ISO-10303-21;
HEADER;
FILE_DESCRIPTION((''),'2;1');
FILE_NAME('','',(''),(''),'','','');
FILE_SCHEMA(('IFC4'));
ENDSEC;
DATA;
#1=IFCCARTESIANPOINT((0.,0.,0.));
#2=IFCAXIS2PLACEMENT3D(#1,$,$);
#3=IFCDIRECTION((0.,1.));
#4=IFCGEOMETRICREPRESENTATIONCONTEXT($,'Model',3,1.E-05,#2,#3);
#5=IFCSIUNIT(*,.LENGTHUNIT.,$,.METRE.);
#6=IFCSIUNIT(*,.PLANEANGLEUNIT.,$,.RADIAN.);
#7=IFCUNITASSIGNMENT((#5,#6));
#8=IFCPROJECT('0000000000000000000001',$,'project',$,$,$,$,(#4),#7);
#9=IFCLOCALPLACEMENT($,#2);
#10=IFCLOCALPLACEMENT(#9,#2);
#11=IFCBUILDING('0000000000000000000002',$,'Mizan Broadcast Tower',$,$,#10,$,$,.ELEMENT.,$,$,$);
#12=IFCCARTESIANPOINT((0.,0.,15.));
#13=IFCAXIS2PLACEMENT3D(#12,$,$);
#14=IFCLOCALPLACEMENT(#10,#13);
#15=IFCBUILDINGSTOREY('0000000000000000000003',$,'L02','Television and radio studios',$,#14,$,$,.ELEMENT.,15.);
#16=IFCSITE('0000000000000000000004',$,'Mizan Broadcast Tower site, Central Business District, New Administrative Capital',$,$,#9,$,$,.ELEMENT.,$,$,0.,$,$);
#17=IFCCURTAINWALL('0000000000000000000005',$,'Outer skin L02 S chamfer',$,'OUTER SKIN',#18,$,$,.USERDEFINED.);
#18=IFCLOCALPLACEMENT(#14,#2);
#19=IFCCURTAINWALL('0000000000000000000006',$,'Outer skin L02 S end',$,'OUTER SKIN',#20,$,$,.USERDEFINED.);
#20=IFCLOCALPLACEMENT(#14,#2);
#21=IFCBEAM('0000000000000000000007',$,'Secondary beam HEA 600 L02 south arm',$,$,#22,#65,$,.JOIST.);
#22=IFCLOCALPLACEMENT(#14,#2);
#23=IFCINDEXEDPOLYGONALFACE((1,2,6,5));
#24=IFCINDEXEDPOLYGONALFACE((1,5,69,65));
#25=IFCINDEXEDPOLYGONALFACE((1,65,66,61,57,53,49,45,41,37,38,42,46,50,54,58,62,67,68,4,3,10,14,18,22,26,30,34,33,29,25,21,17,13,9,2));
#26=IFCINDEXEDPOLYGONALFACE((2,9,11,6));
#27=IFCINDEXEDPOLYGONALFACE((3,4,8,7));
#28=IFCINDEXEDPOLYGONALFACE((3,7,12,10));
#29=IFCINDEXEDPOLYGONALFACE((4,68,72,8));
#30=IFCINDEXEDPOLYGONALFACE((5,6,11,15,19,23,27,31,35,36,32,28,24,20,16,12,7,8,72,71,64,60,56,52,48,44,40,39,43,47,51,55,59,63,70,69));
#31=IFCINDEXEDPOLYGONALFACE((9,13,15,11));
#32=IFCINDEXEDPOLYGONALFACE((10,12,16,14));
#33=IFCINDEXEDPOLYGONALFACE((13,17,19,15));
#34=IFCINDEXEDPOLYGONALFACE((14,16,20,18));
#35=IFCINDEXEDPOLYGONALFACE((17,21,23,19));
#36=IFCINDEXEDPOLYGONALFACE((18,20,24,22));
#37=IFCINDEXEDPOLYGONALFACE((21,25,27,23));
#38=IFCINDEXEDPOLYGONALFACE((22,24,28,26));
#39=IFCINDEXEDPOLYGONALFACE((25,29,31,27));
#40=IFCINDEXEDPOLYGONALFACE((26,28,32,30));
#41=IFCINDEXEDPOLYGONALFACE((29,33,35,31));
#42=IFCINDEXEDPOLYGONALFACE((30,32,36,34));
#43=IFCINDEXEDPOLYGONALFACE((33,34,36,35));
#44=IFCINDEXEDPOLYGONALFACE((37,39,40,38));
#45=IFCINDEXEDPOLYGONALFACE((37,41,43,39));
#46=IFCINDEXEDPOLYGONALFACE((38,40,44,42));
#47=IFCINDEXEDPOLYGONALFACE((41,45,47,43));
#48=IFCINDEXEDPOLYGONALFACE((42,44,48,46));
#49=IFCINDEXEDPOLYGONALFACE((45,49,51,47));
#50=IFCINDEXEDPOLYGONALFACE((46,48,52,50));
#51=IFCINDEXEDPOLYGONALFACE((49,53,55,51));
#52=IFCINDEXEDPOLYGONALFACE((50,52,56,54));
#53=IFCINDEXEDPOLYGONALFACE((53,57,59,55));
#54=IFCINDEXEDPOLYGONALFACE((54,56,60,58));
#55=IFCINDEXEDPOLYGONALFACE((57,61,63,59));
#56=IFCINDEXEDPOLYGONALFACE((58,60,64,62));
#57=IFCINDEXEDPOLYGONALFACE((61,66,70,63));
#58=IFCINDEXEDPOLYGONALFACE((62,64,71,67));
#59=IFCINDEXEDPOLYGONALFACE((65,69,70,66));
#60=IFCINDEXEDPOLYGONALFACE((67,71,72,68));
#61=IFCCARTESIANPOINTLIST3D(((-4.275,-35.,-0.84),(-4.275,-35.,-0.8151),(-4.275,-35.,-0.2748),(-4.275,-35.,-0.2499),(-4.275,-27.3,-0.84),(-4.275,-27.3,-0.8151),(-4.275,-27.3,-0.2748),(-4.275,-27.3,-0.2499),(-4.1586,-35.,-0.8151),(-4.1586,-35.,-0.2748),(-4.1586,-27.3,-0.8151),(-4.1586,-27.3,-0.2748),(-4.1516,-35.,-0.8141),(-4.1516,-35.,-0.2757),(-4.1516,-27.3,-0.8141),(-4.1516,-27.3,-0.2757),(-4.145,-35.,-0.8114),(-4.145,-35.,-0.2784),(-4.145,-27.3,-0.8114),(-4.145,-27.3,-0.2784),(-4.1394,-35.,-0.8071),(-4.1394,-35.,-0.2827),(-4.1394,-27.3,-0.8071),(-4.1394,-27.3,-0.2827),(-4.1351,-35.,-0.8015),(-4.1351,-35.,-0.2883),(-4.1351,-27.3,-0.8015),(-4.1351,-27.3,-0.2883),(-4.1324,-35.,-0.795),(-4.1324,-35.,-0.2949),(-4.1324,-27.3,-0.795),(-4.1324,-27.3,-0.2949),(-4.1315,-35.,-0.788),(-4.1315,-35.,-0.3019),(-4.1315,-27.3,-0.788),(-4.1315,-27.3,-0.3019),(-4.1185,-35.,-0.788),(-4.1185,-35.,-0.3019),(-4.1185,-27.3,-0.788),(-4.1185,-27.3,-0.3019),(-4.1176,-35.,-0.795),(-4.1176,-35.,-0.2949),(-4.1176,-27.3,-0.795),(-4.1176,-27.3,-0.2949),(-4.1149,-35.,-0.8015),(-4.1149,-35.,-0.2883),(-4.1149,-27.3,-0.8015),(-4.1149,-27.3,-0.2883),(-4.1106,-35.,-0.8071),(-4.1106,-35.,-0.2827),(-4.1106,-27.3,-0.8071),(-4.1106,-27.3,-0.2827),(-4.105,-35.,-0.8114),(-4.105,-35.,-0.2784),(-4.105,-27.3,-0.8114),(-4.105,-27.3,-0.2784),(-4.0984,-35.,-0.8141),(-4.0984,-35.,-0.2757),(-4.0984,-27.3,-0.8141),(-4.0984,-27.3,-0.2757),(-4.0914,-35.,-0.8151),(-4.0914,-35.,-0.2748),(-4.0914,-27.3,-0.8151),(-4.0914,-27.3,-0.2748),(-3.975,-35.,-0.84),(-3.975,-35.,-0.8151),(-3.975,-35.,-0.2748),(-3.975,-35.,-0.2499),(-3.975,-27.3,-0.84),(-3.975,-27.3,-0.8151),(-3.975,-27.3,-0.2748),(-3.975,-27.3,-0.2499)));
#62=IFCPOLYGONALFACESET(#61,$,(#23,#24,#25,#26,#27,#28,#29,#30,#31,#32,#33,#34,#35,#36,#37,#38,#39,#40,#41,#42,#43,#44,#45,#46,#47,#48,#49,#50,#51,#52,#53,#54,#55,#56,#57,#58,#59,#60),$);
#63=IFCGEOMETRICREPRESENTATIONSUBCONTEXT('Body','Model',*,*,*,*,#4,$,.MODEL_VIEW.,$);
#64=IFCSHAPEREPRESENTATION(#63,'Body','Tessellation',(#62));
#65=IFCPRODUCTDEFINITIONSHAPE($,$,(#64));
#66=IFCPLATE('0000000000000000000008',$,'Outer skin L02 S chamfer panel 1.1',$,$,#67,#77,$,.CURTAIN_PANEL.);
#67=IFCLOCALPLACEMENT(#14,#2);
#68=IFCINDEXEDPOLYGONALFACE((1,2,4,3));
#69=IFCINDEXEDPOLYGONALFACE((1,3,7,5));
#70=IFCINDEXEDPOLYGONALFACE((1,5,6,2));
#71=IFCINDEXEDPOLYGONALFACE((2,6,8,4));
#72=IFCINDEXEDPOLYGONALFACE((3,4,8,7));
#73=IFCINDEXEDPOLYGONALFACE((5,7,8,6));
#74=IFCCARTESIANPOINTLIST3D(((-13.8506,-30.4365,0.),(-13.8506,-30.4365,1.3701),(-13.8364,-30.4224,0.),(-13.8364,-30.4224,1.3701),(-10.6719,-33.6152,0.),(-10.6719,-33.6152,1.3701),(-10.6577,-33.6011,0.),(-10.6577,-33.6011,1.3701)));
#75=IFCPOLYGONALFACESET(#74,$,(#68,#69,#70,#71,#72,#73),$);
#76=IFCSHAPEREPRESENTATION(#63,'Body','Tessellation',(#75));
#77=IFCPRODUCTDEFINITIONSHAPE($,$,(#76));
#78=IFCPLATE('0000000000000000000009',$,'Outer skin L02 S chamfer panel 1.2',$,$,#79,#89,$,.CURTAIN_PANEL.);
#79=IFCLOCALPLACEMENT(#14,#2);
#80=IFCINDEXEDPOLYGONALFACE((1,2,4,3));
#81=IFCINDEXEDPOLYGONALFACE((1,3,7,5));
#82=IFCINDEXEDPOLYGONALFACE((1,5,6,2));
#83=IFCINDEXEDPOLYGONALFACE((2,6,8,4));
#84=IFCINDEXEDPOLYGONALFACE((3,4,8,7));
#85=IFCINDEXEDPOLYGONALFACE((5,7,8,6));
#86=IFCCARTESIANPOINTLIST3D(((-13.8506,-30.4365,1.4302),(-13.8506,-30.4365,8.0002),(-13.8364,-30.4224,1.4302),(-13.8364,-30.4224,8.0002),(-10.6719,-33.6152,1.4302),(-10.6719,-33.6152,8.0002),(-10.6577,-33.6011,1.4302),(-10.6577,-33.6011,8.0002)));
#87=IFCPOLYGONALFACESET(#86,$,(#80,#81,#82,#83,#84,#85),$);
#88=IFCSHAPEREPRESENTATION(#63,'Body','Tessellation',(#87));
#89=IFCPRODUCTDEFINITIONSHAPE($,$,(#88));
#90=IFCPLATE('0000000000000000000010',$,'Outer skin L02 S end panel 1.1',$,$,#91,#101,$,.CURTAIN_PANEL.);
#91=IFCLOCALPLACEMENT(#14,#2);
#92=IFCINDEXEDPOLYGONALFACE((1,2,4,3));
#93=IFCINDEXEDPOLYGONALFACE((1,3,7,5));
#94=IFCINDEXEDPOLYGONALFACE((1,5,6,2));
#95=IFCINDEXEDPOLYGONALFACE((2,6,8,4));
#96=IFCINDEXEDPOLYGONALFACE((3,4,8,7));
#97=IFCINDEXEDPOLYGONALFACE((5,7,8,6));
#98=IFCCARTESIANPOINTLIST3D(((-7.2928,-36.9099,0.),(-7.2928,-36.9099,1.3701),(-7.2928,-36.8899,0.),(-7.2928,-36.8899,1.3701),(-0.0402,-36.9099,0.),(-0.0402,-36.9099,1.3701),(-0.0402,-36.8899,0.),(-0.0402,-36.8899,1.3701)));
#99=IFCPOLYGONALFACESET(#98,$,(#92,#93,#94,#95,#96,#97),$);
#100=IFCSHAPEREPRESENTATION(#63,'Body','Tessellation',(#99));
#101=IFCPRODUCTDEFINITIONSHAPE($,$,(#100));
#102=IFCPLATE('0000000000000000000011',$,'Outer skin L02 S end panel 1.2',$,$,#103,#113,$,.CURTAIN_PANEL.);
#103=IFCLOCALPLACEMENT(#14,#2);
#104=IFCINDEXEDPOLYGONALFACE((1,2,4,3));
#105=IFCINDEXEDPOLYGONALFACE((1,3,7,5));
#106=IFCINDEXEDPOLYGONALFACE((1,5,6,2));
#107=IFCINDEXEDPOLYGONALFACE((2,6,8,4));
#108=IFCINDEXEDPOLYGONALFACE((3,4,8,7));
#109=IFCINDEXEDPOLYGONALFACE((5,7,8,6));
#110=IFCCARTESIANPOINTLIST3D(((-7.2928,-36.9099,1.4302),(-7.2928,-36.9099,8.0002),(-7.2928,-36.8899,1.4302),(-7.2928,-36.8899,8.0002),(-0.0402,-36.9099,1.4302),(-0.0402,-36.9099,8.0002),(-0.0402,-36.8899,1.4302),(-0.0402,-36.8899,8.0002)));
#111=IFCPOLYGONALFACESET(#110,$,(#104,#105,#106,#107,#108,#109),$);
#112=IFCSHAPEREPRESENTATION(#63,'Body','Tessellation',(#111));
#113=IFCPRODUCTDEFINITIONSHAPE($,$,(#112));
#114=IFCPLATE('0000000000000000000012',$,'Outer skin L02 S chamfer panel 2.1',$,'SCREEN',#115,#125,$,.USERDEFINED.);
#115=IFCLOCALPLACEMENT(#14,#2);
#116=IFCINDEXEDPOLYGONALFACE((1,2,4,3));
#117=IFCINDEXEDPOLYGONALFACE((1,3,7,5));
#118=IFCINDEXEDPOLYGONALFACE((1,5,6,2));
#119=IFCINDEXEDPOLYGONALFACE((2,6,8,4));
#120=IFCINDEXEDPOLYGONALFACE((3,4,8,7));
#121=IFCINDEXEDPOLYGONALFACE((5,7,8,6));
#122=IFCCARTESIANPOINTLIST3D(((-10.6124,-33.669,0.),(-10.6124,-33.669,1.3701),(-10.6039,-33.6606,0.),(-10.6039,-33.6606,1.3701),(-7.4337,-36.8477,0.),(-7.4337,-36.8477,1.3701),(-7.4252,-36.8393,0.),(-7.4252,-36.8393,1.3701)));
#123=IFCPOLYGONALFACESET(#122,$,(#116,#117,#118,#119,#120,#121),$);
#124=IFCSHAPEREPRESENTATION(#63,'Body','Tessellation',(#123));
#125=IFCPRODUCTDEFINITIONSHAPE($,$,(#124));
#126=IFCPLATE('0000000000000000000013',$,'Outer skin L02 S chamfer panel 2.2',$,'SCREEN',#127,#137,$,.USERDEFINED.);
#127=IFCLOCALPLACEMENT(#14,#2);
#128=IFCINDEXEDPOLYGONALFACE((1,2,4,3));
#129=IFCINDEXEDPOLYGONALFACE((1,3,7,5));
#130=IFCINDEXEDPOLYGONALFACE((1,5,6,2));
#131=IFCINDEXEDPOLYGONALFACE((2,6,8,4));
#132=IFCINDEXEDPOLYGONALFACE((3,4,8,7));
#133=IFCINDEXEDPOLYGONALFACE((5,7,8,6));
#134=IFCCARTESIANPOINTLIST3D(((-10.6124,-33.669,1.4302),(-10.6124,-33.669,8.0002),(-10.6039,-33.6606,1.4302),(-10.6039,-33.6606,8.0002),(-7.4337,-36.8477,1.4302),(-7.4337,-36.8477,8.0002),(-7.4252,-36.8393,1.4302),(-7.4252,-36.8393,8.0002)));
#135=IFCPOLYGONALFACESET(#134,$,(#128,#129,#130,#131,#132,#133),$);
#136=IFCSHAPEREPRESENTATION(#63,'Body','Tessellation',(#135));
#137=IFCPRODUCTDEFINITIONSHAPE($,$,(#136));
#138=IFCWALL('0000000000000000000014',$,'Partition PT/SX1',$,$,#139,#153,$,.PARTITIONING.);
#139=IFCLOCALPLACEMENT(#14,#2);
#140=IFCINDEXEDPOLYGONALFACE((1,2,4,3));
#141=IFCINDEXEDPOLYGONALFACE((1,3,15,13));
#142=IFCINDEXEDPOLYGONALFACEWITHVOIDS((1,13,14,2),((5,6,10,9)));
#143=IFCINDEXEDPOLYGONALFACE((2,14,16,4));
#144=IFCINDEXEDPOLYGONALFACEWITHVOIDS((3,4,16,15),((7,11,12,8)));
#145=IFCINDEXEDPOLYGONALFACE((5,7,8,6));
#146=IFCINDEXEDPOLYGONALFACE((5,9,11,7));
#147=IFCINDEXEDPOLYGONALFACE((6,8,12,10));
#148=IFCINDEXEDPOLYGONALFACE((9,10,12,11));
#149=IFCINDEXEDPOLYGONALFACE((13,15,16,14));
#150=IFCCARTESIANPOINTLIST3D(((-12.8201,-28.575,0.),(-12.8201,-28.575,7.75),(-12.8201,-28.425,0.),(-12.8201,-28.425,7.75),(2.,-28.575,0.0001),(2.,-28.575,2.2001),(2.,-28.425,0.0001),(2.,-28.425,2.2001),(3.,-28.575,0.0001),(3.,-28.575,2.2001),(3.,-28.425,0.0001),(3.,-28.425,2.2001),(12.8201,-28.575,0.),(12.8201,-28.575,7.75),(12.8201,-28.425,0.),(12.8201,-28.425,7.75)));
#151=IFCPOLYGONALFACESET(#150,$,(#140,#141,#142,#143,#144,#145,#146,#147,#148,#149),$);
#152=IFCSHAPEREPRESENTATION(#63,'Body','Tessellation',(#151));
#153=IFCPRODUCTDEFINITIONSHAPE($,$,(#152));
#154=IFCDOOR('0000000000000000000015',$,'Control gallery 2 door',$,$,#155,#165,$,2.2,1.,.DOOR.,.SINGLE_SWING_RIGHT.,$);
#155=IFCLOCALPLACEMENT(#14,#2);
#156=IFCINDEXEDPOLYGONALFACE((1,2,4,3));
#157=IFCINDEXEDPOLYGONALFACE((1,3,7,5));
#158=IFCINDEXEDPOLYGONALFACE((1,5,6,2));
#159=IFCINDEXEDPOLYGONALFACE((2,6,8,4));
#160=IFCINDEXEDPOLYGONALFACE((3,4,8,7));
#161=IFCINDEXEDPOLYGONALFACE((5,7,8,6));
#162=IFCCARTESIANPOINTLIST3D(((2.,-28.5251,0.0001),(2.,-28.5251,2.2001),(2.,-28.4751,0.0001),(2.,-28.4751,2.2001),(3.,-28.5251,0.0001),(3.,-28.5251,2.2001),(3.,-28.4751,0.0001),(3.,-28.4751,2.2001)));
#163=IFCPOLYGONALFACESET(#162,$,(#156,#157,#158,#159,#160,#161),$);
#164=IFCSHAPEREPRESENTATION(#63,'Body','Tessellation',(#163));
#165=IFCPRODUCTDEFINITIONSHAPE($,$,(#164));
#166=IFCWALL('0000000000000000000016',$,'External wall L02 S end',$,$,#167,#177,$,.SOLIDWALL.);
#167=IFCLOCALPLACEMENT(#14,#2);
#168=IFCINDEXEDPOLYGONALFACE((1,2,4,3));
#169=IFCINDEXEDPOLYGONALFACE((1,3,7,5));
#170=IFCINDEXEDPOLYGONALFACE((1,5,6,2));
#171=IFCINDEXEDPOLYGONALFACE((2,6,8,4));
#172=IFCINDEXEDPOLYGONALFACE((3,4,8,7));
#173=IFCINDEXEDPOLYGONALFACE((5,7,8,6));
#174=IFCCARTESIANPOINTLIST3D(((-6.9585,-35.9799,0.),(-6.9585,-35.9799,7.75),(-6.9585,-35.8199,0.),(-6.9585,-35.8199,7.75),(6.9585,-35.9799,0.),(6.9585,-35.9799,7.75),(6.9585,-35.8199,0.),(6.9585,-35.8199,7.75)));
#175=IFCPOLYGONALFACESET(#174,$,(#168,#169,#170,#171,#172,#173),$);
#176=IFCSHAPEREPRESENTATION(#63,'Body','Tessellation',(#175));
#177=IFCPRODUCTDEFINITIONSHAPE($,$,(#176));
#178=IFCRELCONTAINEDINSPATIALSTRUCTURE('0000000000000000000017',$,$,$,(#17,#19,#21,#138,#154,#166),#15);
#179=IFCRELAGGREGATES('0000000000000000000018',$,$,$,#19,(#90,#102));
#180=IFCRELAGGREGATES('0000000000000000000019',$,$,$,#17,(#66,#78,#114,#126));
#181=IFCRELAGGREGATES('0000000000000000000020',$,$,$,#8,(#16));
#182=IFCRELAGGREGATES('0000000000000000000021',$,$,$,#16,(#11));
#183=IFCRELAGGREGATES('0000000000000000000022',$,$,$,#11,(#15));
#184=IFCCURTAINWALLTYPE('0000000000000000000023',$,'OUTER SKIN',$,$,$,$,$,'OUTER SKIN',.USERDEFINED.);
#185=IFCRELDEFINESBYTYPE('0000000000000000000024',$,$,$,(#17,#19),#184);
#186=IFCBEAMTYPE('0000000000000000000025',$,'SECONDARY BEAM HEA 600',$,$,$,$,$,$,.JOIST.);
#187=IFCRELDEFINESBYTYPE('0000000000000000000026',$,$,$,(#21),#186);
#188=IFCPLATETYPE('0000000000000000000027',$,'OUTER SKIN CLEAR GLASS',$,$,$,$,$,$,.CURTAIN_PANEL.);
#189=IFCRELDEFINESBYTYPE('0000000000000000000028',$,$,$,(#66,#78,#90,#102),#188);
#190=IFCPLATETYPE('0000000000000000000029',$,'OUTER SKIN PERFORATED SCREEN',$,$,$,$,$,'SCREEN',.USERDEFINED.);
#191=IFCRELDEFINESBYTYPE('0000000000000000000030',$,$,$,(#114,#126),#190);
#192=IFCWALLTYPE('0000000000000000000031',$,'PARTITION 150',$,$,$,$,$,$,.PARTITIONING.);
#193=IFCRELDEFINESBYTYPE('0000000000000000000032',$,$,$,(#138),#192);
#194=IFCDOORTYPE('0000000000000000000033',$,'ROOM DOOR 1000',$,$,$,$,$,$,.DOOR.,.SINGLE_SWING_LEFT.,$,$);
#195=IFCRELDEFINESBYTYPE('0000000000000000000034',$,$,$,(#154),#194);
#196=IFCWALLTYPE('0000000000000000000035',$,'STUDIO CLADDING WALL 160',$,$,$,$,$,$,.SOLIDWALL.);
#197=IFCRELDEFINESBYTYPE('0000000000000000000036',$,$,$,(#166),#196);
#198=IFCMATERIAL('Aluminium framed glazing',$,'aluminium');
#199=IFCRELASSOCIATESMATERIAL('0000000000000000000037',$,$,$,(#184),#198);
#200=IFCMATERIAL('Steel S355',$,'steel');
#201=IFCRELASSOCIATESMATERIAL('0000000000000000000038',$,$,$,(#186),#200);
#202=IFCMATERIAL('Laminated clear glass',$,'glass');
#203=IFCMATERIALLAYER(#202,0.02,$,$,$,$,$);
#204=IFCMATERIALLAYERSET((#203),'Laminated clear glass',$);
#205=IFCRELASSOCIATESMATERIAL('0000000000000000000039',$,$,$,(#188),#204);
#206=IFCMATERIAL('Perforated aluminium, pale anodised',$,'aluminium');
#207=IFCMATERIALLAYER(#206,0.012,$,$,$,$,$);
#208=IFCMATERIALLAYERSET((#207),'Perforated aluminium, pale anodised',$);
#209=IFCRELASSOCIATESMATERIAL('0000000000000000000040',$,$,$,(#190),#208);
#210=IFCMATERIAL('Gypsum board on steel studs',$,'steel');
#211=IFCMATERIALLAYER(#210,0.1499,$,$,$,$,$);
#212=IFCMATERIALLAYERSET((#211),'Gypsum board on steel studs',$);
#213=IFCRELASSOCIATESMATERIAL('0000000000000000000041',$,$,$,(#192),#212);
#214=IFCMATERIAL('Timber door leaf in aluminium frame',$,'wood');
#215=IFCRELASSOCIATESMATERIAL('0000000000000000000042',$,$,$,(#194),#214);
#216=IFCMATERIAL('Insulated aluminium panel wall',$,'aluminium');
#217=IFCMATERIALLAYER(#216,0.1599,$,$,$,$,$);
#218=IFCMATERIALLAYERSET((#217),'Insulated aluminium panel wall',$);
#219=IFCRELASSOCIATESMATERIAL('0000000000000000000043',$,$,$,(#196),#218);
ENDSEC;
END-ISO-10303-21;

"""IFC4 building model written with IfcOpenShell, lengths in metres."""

from ifc_helpers import new_model, si_unit, direction, frame, frame_2d, origin, origin_2d, place, context, subcontext, project, spatial, rectangle, i_section, extrude, material, layer, layer_set, material_profile, profile_set, type_object, element, fill, aggregate, save


model = new_model("IFC4")

# Units and contexts
model_context = context("Model", 3, precision=1e-05, world=origin(), true_north=direction((0.0, 1.0)))
body_context = subcontext(model_context, "Body", "Model", "MODEL_VIEW")
ifc_project = project(units=[si_unit("LENGTHUNIT", "METRE"), si_unit("PLANEANGLEUNIT", "RADIAN")], contexts=[model_context])

# Site, building, storey
site_placement = place(None, origin())
site = spatial("IfcSite", under=ifc_project, at=site_placement, Name="Mizan Broadcast Tower site, Central Business District, New Administrative Capital", CompositionType="ELEMENT", RefElevation=0.0)
building_placement = place(site_placement, origin())
building = spatial("IfcBuilding", under=site, at=building_placement, Name="Mizan Broadcast Tower", CompositionType="ELEMENT")
storey_placement = place(building_placement, frame((0.0, 0.0, 15.0)))
storey = spatial("IfcBuildingStorey", under=building, at=storey_placement, Name="L02", Description="Television and radio studios", CompositionType="ELEMENT", Elevation=15.0)

# Curtain wall
ifc_material_1 = material(Name="Aluminium framed glazing", Category="aluminium")
curtain_wall_type = type_object("IfcCurtainWallType", Name="OUTER SKIN", ElementType="OUTER SKIN", PredefinedType="USERDEFINED", material=ifc_material_1)
curtain_wall_1_placement = place(storey_placement, origin())
curtain_wall_1 = element("IfcCurtainWall", 1, at=curtain_wall_1_placement, inside=storey, type_object=curtain_wall_type, Name="Outer skin L02 S chamfer", ObjectType="OUTER SKIN", PredefinedType="USERDEFINED")

# Curtain wall
curtain_wall_2_placement = place(storey_placement, origin())
curtain_wall_2 = element("IfcCurtainWall", 2, at=curtain_wall_2_placement, inside=storey, type_object=curtain_wall_type, Name="Outer skin L02 S end", ObjectType="OUTER SKIN", PredefinedType="USERDEFINED")

# Beam
ifc_material_2 = material(Name="Steel S355", Category="steel")
ifc_material_profile_1 = material_profile(ifc_material_2, i_section(OverallWidth=0.3, OverallDepth=0.5901, WebThickness=0.0129, FlangeThickness=0.0249, FilletRadius=0.0271, at=origin_2d()), Name="HEA 600")
ifc_profile_set_1 = profile_set([ifc_material_profile_1], Name="Steel S355")
beam_type_1 = type_object("IfcBeamType", Name="SECONDARY BEAM HEA 600", PredefinedType="JOIST", material=ifc_profile_set_1)
beam_1_placement = place(storey_placement, frame((-4.125, -27.3, -0.5449), z_axis=(0.0, -1.0, 0.0), x_axis=(1.0, 0.0, 0.0)))
element("IfcBeam", 3, at=beam_1_placement, inside=storey, type_object=beam_type_1, Name="Secondary beam HEA 600 L02 south arm", PredefinedType="JOIST", context=body_context, shape_type="SweptSolid", body=[
    extrude(i_section(OverallWidth=0.3, OverallDepth=0.5901, WebThickness=0.0129, FlangeThickness=0.0249, FilletRadius=0.0271, at=origin_2d()), origin(), (0.0, 0.0, 1.0), 7.7),
])

# Plates
ifc_material_3 = material(Name="Laminated clear glass", Category="glass")
ifc_layer_1 = layer(ifc_material_3, 0.02)
ifc_layer_set_1 = layer_set([ifc_layer_1], Name="Laminated clear glass")
plate_type_1 = type_object("IfcPlateType", Name="OUTER SKIN CLEAR GLASS", PredefinedType="CURTAIN_PANEL", material=ifc_layer_set_1)
plate_1_placement = place(storey_placement, frame((-12.2542, -32.0188, 0.0), z_axis=(0.0, 0.0, 1.0), x_axis=(0.707107, -0.707107, 0.0)))
plate_1 = element("IfcPlate", 4, at=plate_1_placement, type_object=plate_type_1, Name="Outer skin L02 S chamfer panel 1.1", PredefinedType="CURTAIN_PANEL", context=body_context, shape_type="SweptSolid", body=[
    extrude(rectangle(XDim=4.4954, YDim=0.02, at=origin_2d()), origin(), (0.0, 0.0, 1.0), 1.3701),
])
plate_2_placement = place(storey_placement, frame((-12.2542, -32.0188, 1.4302), z_axis=(0.0, 0.0, 1.0), x_axis=(0.707107, -0.707107, 0.0)))
plate_2 = element("IfcPlate", 5, at=plate_2_placement, type_object=plate_type_1, Name="Outer skin L02 S chamfer panel 1.2", PredefinedType="CURTAIN_PANEL", context=body_context, shape_type="SweptSolid", body=[
    extrude(rectangle(XDim=4.4954, YDim=0.02, at=origin_2d()), origin(), (0.0, 0.0, 1.0), 6.5701),
])
plate_3_placement = place(storey_placement, frame((-3.6665, -36.8999, 0.0), z_axis=(0.0, 0.0, 1.0), x_axis=(1.0, 0.0, 0.0)))
plate_3 = element("IfcPlate", 6, at=plate_3_placement, type_object=plate_type_1, Name="Outer skin L02 S end panel 1.1", PredefinedType="CURTAIN_PANEL", context=body_context, shape_type="SweptSolid", body=[
    extrude(rectangle(XDim=7.2527, YDim=0.02, at=origin_2d()), origin(), (0.0, 0.0, 1.0), 1.3701),
])
plate_4_placement = place(storey_placement, frame((-3.6665, -36.8999, 1.4302), z_axis=(0.0, 0.0, 1.0), x_axis=(1.0, 0.0, 0.0)))
plate_4 = element("IfcPlate", 7, at=plate_4_placement, type_object=plate_type_1, Name="Outer skin L02 S end panel 1.2", PredefinedType="CURTAIN_PANEL", context=body_context, shape_type="SweptSolid", body=[
    extrude(rectangle(XDim=7.2527, YDim=0.02, at=origin_2d()), origin(), (0.0, 0.0, 1.0), 6.5701),
])
aggregate(curtain_wall_2, [plate_3, plate_4])
ifc_material_4 = material(Name="Perforated aluminium, pale anodised", Category="aluminium")
ifc_layer_2 = layer(ifc_material_4, 0.012)
ifc_layer_set_2 = layer_set([ifc_layer_2], Name="Perforated aluminium, pale anodised")
plate_type_2 = type_object("IfcPlateType", Name="OUTER SKIN PERFORATED SCREEN", ElementType="SCREEN", PredefinedType="USERDEFINED", material=ifc_layer_set_2)
plate_5_placement = place(storey_placement, frame((-9.0188, -35.2542, 0.0), z_axis=(0.0, 0.0, 1.0), x_axis=(0.707107, -0.707107, 0.0)))
plate_5 = element("IfcPlate", 8, at=plate_5_placement, type_object=plate_type_2, Name="Outer skin L02 S chamfer panel 2.1", ObjectType="SCREEN", PredefinedType="USERDEFINED", context=body_context, shape_type="SweptSolid", body=[
    extrude(rectangle(XDim=4.4954, YDim=0.012, at=origin_2d()), origin(), (0.0, 0.0, 1.0), 1.3701),
])
plate_6_placement = place(storey_placement, frame((-9.0188, -35.2542, 1.4302), z_axis=(0.0, 0.0, 1.0), x_axis=(0.707107, -0.707107, 0.0)))
plate_6 = element("IfcPlate", 9, at=plate_6_placement, type_object=plate_type_2, Name="Outer skin L02 S chamfer panel 2.2", ObjectType="SCREEN", PredefinedType="USERDEFINED", context=body_context, shape_type="SweptSolid", body=[
    extrude(rectangle(XDim=4.4954, YDim=0.012, at=origin_2d()), origin(), (0.0, 0.0, 1.0), 6.5701),
])
aggregate(curtain_wall_1, [plate_1, plate_2, plate_5, plate_6])

# Wall, opening, door
ifc_material_5 = material(Name="Gypsum board on steel studs", Category="steel")
ifc_layer_3 = layer(ifc_material_5, 0.1499)
ifc_layer_set_3 = layer_set([ifc_layer_3], Name="Gypsum board on steel studs")
wall_type_1 = type_object("IfcWallType", Name="PARTITION 150", PredefinedType="PARTITIONING", material=ifc_layer_set_3)
wall_1_placement = place(storey_placement, frame((-12.8201, -28.5, 0.0), z_axis=(0.0, 0.0, 1.0), x_axis=(1.0, 0.0, 0.0)))
wall_1 = element("IfcWall", 10, at=wall_1_placement, inside=storey, type_object=wall_type_1, Name="Partition PT/SX1", PredefinedType="PARTITIONING", context=body_context, shape_type="SweptSolid", body=[
    extrude(rectangle(XDim=25.6401, YDim=0.1499, at=frame_2d((12.8201, 0.0))), origin(), (0.0, 0.0, 1.0), 7.75),
])
opening_placement = place(wall_1_placement, frame((14.8201, 0.0, 0.0)))
opening = element("IfcOpeningElement", 11, at=opening_placement, cuts=wall_1, PredefinedType="OPENING", context=body_context, shape_type="SweptSolid", body=[
    extrude(rectangle(XDim=1.0, YDim=2.2, at=frame_2d((0.5, 1.1001))), frame((0.0, 0.085, 0.0), z_axis=(0.0, -1.0, 0.0), x_axis=(1.0, 0.0, 0.0)), (0.0, 0.0, 1.0), 0.1699),
])
ifc_material_6 = material(Name="Timber door leaf in aluminium frame", Category="wood")
door_type = type_object("IfcDoorType", Name="ROOM DOOR 1000", OperationType="SINGLE_SWING_LEFT", PredefinedType="DOOR", material=ifc_material_6)
door_placement = place(opening_placement, origin())
door = element("IfcDoor", 12, at=door_placement, inside=storey, type_object=door_type, Name="Control gallery 2 door", OperationType="SINGLE_SWING_RIGHT", OverallHeight=2.2, OverallWidth=1.0, PredefinedType="DOOR", context=body_context, shape_type="SweptSolid", body=[
    extrude(rectangle(XDim=1.0, YDim=2.2, at=frame_2d((0.5, 1.1001))), frame((0.0, 0.0249, 0.0), z_axis=(0.0, -1.0, 0.0), x_axis=(1.0, 0.0, 0.0)), (0.0, 0.0, 1.0), 0.05),
])
fill(opening, door)

# Wall
ifc_material_7 = material(Name="Insulated aluminium panel wall", Category="aluminium")
ifc_layer_4 = layer(ifc_material_7, 0.1599)
ifc_layer_set_4 = layer_set([ifc_layer_4], Name="Insulated aluminium panel wall")
wall_type_2 = type_object("IfcWallType", Name="STUDIO CLADDING WALL 160", PredefinedType="SOLIDWALL", material=ifc_layer_set_4)
wall_2_placement = place(storey_placement, frame((-6.9585, -35.8999, 0.0), z_axis=(0.0, 0.0, 1.0), x_axis=(1.0, 0.0, 0.0)))
element("IfcWall", 13, at=wall_2_placement, inside=storey, type_object=wall_type_2, Name="External wall L02 S end", PredefinedType="SOLIDWALL", context=body_context, shape_type="SweptSolid", body=[
    extrude(rectangle(XDim=13.917, YDim=0.1599, at=frame_2d((6.9585, 0.0))), origin(), (0.0, 0.0, 1.0), 7.75),
])

save(model, "model.ifc")
